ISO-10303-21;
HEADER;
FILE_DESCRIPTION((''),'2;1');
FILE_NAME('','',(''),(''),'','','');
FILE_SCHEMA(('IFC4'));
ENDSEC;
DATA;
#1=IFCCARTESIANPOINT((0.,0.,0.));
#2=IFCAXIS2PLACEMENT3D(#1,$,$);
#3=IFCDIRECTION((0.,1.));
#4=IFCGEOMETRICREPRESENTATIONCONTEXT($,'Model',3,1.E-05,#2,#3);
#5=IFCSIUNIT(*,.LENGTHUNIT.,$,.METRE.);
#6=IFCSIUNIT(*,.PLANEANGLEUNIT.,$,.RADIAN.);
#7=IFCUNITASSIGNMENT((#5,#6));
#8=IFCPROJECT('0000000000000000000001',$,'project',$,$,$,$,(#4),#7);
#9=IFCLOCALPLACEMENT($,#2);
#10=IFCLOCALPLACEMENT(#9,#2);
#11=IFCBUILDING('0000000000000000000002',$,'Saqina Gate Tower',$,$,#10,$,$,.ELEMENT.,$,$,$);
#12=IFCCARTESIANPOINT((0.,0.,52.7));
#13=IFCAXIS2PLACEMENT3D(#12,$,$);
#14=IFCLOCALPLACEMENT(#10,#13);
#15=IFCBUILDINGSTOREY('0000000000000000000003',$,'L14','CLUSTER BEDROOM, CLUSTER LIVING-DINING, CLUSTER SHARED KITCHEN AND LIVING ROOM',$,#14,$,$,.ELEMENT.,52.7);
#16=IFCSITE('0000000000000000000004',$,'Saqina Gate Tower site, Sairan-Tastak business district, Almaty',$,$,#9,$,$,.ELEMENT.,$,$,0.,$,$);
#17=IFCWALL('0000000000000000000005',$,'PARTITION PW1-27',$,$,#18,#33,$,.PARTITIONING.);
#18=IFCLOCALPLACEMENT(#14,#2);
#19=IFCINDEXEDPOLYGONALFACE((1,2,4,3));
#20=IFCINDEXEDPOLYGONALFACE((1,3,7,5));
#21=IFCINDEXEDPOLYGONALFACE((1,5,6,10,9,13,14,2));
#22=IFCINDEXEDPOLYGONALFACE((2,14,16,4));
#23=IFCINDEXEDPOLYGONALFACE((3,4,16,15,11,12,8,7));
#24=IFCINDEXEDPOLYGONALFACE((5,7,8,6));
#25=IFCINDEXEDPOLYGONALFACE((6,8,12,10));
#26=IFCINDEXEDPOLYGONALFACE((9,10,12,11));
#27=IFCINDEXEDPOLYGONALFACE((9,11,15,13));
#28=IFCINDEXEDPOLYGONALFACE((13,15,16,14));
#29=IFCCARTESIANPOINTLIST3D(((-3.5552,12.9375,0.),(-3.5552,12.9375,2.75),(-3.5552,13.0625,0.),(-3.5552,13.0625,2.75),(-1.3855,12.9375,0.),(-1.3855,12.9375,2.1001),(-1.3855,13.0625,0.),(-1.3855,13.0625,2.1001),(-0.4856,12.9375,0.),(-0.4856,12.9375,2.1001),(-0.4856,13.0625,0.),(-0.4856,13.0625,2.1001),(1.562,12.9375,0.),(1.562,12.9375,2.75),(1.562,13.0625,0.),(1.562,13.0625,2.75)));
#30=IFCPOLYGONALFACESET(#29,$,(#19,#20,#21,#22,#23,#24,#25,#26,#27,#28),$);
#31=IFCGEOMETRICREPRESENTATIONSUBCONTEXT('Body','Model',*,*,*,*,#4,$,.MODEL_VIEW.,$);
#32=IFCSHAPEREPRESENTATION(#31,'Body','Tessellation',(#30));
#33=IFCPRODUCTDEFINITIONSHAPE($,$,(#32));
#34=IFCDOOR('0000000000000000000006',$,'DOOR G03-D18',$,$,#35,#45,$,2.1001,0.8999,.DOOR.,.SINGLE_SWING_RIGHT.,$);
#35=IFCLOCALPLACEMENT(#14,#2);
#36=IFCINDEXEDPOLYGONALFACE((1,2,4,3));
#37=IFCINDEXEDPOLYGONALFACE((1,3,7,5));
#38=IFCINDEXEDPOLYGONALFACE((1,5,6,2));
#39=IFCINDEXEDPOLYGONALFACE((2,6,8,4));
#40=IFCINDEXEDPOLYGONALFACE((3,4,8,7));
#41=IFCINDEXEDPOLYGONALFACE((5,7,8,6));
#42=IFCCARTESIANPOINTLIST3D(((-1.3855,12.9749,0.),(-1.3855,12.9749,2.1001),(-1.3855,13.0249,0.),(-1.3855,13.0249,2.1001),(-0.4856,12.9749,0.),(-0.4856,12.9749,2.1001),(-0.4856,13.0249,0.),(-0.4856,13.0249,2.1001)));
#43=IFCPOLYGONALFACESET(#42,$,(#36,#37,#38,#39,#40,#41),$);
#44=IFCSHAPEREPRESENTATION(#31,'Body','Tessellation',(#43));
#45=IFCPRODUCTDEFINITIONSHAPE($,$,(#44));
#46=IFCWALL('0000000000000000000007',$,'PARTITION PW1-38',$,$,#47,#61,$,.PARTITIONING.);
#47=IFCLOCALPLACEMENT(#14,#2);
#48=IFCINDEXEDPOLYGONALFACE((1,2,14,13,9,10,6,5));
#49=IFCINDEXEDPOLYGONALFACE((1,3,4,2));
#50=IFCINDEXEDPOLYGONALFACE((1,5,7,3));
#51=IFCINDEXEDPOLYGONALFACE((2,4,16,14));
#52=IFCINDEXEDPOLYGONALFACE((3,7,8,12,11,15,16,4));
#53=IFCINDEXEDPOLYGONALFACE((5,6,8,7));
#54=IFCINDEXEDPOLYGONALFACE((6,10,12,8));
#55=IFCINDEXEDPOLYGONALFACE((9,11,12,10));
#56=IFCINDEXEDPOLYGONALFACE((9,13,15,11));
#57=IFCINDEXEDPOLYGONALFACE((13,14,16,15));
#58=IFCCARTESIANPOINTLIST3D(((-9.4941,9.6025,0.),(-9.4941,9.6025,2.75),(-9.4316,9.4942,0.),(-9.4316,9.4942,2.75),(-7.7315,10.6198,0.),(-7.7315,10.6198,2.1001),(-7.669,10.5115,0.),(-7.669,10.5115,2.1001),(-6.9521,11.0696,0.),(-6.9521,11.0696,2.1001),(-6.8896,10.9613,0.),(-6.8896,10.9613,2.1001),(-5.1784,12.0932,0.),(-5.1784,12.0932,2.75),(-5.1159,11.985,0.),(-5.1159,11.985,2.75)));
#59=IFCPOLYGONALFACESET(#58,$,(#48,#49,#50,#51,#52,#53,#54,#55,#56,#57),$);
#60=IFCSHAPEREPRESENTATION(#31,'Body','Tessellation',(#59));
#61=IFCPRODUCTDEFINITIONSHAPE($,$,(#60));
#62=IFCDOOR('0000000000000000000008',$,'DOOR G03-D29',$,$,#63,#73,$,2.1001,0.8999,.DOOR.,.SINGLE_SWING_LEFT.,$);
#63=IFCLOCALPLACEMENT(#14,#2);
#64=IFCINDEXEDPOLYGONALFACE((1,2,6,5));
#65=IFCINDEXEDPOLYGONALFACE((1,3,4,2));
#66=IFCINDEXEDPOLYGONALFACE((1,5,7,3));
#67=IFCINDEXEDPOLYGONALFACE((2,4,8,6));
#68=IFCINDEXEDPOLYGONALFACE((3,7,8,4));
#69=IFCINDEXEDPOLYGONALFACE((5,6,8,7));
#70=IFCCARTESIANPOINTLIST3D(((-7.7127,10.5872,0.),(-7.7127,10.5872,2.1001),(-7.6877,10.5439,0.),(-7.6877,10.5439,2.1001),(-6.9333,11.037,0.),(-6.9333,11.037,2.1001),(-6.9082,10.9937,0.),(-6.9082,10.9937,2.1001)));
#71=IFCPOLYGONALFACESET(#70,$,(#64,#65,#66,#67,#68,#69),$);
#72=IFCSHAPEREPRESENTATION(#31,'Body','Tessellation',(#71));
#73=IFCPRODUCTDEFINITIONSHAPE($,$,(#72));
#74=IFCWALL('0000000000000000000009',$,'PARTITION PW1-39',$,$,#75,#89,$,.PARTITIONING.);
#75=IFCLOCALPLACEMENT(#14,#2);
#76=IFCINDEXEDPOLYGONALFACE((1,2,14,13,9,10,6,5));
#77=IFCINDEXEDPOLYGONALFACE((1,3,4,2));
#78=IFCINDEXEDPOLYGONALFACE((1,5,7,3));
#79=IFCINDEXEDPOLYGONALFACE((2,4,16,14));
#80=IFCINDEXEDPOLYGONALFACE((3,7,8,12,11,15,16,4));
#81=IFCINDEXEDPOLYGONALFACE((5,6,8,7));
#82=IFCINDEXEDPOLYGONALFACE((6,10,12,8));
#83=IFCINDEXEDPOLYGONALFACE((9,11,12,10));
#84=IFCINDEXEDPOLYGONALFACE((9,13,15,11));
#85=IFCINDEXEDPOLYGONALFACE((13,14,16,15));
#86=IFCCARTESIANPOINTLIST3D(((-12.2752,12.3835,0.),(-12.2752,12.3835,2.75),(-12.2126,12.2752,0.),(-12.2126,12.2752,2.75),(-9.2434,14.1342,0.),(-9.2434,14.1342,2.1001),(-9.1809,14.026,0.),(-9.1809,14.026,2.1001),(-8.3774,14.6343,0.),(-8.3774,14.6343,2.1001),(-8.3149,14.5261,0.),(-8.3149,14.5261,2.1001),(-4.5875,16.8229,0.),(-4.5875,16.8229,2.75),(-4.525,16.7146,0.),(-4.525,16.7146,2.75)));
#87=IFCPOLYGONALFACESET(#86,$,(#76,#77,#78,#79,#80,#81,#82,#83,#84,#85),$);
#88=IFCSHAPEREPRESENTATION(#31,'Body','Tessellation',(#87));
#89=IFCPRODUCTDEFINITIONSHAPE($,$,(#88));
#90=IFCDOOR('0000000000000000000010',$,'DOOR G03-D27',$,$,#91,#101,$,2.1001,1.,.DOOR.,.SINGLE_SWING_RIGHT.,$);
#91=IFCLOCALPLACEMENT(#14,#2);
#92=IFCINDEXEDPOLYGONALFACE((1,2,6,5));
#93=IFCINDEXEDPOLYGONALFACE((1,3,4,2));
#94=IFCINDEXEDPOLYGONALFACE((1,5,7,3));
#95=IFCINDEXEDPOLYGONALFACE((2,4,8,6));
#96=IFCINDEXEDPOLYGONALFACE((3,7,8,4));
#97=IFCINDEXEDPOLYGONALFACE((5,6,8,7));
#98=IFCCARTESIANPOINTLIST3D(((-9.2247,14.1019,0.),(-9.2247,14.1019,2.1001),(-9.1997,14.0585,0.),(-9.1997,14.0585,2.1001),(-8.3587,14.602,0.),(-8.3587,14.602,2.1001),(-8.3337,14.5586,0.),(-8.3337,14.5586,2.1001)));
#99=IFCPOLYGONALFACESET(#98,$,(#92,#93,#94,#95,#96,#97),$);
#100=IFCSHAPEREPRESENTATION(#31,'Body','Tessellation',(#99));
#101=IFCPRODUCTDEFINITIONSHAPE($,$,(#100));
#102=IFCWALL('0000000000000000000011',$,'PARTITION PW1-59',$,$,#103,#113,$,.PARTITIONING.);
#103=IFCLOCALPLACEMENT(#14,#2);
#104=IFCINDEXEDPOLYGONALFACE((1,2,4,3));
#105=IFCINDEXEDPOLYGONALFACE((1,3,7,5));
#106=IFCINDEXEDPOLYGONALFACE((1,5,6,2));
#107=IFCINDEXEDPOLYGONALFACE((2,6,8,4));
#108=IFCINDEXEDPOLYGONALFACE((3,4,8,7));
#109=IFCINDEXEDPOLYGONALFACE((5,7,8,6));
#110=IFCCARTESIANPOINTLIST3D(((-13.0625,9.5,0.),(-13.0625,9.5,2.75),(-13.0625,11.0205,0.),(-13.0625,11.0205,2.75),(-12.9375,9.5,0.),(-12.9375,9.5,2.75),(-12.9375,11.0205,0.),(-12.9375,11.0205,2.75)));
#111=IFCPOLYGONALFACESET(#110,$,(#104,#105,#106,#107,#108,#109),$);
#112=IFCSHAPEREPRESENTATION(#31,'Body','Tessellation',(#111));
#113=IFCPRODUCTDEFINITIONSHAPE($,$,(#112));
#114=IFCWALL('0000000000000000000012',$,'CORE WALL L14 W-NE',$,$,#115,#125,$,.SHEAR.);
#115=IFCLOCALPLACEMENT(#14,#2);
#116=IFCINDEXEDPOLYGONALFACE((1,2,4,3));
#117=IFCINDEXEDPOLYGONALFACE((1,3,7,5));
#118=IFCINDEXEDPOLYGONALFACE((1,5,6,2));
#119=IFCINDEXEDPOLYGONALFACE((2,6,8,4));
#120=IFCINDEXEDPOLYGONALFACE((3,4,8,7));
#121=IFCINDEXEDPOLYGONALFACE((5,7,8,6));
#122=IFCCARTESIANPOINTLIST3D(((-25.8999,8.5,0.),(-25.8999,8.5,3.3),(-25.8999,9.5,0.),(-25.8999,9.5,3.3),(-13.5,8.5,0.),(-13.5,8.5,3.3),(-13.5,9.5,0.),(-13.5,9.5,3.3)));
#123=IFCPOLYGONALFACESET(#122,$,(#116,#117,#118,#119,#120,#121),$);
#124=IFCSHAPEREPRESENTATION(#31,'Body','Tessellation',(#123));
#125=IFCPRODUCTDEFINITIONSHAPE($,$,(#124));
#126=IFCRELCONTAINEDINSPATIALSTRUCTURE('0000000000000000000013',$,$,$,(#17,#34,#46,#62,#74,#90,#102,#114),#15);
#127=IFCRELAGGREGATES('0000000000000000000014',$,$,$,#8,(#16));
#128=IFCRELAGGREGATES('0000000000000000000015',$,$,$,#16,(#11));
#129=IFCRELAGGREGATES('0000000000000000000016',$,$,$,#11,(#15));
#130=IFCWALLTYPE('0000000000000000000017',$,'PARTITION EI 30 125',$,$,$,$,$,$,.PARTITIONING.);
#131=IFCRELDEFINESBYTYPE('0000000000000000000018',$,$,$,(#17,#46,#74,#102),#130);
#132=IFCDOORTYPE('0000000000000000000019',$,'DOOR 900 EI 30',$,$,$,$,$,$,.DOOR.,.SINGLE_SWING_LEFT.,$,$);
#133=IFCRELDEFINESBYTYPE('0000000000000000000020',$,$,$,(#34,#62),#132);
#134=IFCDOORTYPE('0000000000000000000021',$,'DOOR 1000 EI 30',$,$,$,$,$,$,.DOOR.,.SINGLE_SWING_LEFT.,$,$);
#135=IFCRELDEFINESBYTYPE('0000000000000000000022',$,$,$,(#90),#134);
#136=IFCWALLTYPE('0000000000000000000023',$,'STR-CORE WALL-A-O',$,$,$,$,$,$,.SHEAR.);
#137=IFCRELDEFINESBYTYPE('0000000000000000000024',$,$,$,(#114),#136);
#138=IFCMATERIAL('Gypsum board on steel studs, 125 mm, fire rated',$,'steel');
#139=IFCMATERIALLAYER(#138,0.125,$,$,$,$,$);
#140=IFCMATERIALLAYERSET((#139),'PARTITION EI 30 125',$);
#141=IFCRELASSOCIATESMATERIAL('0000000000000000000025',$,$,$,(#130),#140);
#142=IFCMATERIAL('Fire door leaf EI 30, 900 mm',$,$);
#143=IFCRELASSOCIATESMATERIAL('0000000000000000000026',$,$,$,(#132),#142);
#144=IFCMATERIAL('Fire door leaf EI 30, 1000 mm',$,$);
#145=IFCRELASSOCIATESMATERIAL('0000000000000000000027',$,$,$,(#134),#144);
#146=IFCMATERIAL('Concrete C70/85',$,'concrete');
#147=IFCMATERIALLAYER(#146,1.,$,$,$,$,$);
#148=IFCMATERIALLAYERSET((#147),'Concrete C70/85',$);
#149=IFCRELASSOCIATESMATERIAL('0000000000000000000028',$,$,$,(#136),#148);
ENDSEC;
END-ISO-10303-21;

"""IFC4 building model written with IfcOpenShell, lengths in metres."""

from ifc_helpers import new_model, si_unit, direction, frame, frame_2d, origin, place, context, subcontext, project, spatial, rectangle, extrude, material, layer, layer_set, type_object, element, fill, save


model = new_model("IFC4")

# Units and contexts
model_context = context("Model", 3, precision=1e-05, world=origin(), true_north=direction((0.0, 1.0)))
body_context = subcontext(model_context, "Body", "Model", "MODEL_VIEW")
ifc_project = project(units=[si_unit("LENGTHUNIT", "METRE"), si_unit("PLANEANGLEUNIT", "RADIAN")], contexts=[model_context])

# Site, building, storey
site_placement = place(None, origin())
site = spatial("IfcSite", under=ifc_project, at=site_placement, Name="Saqina Gate Tower site, Sairan-Tastak business district, Almaty", CompositionType="ELEMENT", RefElevation=0.0)
building_placement = place(site_placement, origin())
building = spatial("IfcBuilding", under=site, at=building_placement, Name="Saqina Gate Tower", CompositionType="ELEMENT")
storey_placement = place(building_placement, frame((0.0, 0.0, 52.7)))
storey = spatial("IfcBuildingStorey", under=building, at=storey_placement, Name="L14", Description="CLUSTER BEDROOM, CLUSTER LIVING-DINING, CLUSTER SHARED KITCHEN AND LIVING ROOM", CompositionType="ELEMENT", Elevation=52.7)

# Shared definitions
ifc_material_1 = material(Name="Gypsum board on steel studs, 125 mm, fire rated", Category="steel")
ifc_layer_1 = layer(ifc_material_1, 0.125)
ifc_layer_set_1 = layer_set([ifc_layer_1], Name="PARTITION EI 30 125")
wall_type_1 = type_object("IfcWallType", Name="PARTITION EI 30 125", PredefinedType="PARTITIONING", material=ifc_layer_set_1)

# Walls, openings, doors
wall_1_placement = place(storey_placement, frame((-3.5552, 13.0, 0.0), z_axis=(0.0, 0.0, 1.0), x_axis=(1.0, 0.0, 0.0)))
wall_1 = element("IfcWall", 1, at=wall_1_placement, inside=storey, type_object=wall_type_1, Name="PARTITION PW1-27", PredefinedType="PARTITIONING", context=body_context, shape_type="SweptSolid", body=[
    extrude(rectangle(XDim=5.1172, YDim=0.125, at=frame_2d((2.5586, 0.0))), origin(), (0.0, 0.0, 1.0), 2.75),
])
opening_1_placement = place(wall_1_placement, frame((2.1697, 0.0, 0.0)))
opening_1 = element("IfcOpeningElement", 2, at=opening_1_placement, cuts=wall_1, PredefinedType="OPENING", context=body_context, shape_type="SweptSolid", body=[
    extrude(rectangle(XDim=0.8999, YDim=2.1001, at=frame_2d((0.45, 1.05))), frame((0.0, 0.0745, 0.0), z_axis=(0.0, -1.0, 0.0), x_axis=(1.0, 0.0, 0.0)), (0.0, 0.0, 1.0), 0.1489),
])
ifc_material_2 = material(Name="Fire door leaf EI 30, 900 mm")
door_type_1 = type_object("IfcDoorType", Name="DOOR 900 EI 30", OperationType="SINGLE_SWING_LEFT", PredefinedType="DOOR", material=ifc_material_2)
door_1_placement = place(opening_1_placement, origin())
door_1 = element("IfcDoor", 3, at=door_1_placement, inside=storey, type_object=door_type_1, Name="DOOR G03-D18", OperationType="SINGLE_SWING_RIGHT", OverallHeight=2.1001, OverallWidth=0.8999, PredefinedType="DOOR", context=body_context, shape_type="SweptSolid", body=[
    extrude(rectangle(XDim=0.8999, YDim=2.1001, at=frame_2d((0.45, 1.05))), frame((0.0, 0.0249, 0.0), z_axis=(0.0, -1.0, 0.0), x_axis=(1.0, 0.0, 0.0)), (0.0, 0.0, 1.0), 0.05),
])
fill(opening_1, door_1)
wall_2_placement = place(storey_placement, frame((-9.4629, 9.5483, 0.0), z_axis=(0.0, 0.0, 1.0), x_axis=(0.866106, 0.49986, 0.0)))
wall_2 = element("IfcWall", 4, at=wall_2_placement, inside=storey, type_object=wall_type_1, Name="PARTITION PW1-38", PredefinedType="PARTITIONING", context=body_context, shape_type="SweptSolid", body=[
    extrude(rectangle(XDim=4.9829, YDim=0.125, at=frame_2d((2.4915, 0.0))), origin(), (0.0, 0.0, 1.0), 2.75),
])
opening_2_placement = place(wall_2_placement, frame((2.0352, 0.0, 0.0)))
opening_2 = element("IfcOpeningElement", 5, at=opening_2_placement, cuts=wall_2, PredefinedType="OPENING", context=body_context, shape_type="SweptSolid", body=[
    extrude(rectangle(XDim=0.8999, YDim=2.1001, at=frame_2d((0.45, 1.05))), frame((0.0, 0.0745, 0.0), z_axis=(0.0, -1.0, 0.0), x_axis=(1.0, 0.0, 0.0)), (0.0, 0.0, 1.0), 0.1489),
])
door_2_placement = place(opening_2_placement, origin())
door_2 = element("IfcDoor", 6, at=door_2_placement, inside=storey, type_object=door_type_1, Name="DOOR G03-D29", OperationType="SINGLE_SWING_LEFT", OverallHeight=2.1001, OverallWidth=0.8999, PredefinedType="DOOR", context=body_context, shape_type="SweptSolid", body=[
    extrude(rectangle(XDim=0.8999, YDim=2.1001, at=frame_2d((0.45, 1.05))), frame((0.0, 0.0249, 0.0), z_axis=(0.0, -1.0, 0.0), x_axis=(1.0, 0.0, 0.0)), (0.0, 0.0, 1.0), 0.05),
])
fill(opening_2, door_2)
wall_3_placement = place(storey_placement, frame((-12.2439, 12.3293, 0.0), z_axis=(0.0, 0.0, 1.0), x_axis=(0.86598, 0.500079, 0.0)))
wall_3 = element("IfcWall", 7, at=wall_3_placement, inside=storey, type_object=wall_type_1, Name="PARTITION PW1-39", PredefinedType="PARTITIONING", context=body_context, shape_type="SweptSolid", body=[
    extrude(rectangle(XDim=8.8774, YDim=0.125, at=frame_2d((4.4387, 0.0))), origin(), (0.0, 0.0, 1.0), 2.75),
])
opening_3_placement = place(wall_3_placement, frame((3.501, 0.0, 0.0)))
opening_3 = element("IfcOpeningElement", 8, at=opening_3_placement, cuts=wall_3, PredefinedType="OPENING", context=body_context, shape_type="SweptSolid", body=[
    extrude(rectangle(XDim=1.0, YDim=2.1001, at=frame_2d((0.5, 1.05))), frame((0.0, 0.0745, 0.0), z_axis=(0.0, -1.0, 0.0), x_axis=(1.0, 0.0, 0.0)), (0.0, 0.0, 1.0), 0.1489),
])
ifc_material_3 = material(Name="Fire door leaf EI 30, 1000 mm")
door_type_2 = type_object("IfcDoorType", Name="DOOR 1000 EI 30", OperationType="SINGLE_SWING_LEFT", PredefinedType="DOOR", material=ifc_material_3)
door_3_placement = place(opening_3_placement, frame((1.0, 0.0, 0.0), z_axis=(0.0, 0.0, 1.0), x_axis=(-1.0, 0.0, 0.0)))
door_3 = element("IfcDoor", 9, at=door_3_placement, inside=storey, type_object=door_type_2, Name="DOOR G03-D27", OperationType="SINGLE_SWING_RIGHT", OverallHeight=2.1001, OverallWidth=1.0, PredefinedType="DOOR", context=body_context, shape_type="SweptSolid", body=[
    extrude(rectangle(XDim=1.0, YDim=2.1001, at=frame_2d((0.5, 1.05))), frame((0.0, 0.0249, 0.0), z_axis=(0.0, -1.0, 0.0), x_axis=(1.0, 0.0, 0.0)), (0.0, 0.0, 1.0), 0.05),
])
fill(opening_3, door_3)

# Walls
wall_4_placement = place(storey_placement, frame((-13.0, 9.5, 0.0), z_axis=(0.0, 0.0, 1.0), x_axis=(0.0, 1.0, 0.0)))
element("IfcWall", 10, at=wall_4_placement, inside=storey, type_object=wall_type_1, Name="PARTITION PW1-59", PredefinedType="PARTITIONING", context=body_context, shape_type="SweptSolid", body=[
    extrude(rectangle(XDim=1.5205, YDim=0.125, at=frame_2d((0.7603, 0.0))), origin(), (0.0, 0.0, 1.0), 2.75),
])
ifc_material_4 = material(Name="Concrete C70/85", Category="concrete")
ifc_layer_2 = layer(ifc_material_4, 1.0)
ifc_layer_set_2 = layer_set([ifc_layer_2], Name="Concrete C70/85")
wall_type_2 = type_object("IfcWallType", Name="STR-CORE WALL-A-O", PredefinedType="SHEAR", material=ifc_layer_set_2)
wall_5_placement = place(storey_placement, frame((-13.5, 9.0, 0.0), z_axis=(0.0, 0.0, 1.0), x_axis=(-1.0, 0.0, 0.0)))
element("IfcWall", 11, at=wall_5_placement, inside=storey, type_object=wall_type_2, Name="CORE WALL L14 W-NE", PredefinedType="SHEAR", context=body_context, shape_type="SweptSolid", body=[
    extrude(rectangle(XDim=12.3999, YDim=1.0, at=frame_2d((6.2, 0.0))), origin(), (0.0, 0.0, 1.0), 3.3),
])

save(model, "model.ifc")
